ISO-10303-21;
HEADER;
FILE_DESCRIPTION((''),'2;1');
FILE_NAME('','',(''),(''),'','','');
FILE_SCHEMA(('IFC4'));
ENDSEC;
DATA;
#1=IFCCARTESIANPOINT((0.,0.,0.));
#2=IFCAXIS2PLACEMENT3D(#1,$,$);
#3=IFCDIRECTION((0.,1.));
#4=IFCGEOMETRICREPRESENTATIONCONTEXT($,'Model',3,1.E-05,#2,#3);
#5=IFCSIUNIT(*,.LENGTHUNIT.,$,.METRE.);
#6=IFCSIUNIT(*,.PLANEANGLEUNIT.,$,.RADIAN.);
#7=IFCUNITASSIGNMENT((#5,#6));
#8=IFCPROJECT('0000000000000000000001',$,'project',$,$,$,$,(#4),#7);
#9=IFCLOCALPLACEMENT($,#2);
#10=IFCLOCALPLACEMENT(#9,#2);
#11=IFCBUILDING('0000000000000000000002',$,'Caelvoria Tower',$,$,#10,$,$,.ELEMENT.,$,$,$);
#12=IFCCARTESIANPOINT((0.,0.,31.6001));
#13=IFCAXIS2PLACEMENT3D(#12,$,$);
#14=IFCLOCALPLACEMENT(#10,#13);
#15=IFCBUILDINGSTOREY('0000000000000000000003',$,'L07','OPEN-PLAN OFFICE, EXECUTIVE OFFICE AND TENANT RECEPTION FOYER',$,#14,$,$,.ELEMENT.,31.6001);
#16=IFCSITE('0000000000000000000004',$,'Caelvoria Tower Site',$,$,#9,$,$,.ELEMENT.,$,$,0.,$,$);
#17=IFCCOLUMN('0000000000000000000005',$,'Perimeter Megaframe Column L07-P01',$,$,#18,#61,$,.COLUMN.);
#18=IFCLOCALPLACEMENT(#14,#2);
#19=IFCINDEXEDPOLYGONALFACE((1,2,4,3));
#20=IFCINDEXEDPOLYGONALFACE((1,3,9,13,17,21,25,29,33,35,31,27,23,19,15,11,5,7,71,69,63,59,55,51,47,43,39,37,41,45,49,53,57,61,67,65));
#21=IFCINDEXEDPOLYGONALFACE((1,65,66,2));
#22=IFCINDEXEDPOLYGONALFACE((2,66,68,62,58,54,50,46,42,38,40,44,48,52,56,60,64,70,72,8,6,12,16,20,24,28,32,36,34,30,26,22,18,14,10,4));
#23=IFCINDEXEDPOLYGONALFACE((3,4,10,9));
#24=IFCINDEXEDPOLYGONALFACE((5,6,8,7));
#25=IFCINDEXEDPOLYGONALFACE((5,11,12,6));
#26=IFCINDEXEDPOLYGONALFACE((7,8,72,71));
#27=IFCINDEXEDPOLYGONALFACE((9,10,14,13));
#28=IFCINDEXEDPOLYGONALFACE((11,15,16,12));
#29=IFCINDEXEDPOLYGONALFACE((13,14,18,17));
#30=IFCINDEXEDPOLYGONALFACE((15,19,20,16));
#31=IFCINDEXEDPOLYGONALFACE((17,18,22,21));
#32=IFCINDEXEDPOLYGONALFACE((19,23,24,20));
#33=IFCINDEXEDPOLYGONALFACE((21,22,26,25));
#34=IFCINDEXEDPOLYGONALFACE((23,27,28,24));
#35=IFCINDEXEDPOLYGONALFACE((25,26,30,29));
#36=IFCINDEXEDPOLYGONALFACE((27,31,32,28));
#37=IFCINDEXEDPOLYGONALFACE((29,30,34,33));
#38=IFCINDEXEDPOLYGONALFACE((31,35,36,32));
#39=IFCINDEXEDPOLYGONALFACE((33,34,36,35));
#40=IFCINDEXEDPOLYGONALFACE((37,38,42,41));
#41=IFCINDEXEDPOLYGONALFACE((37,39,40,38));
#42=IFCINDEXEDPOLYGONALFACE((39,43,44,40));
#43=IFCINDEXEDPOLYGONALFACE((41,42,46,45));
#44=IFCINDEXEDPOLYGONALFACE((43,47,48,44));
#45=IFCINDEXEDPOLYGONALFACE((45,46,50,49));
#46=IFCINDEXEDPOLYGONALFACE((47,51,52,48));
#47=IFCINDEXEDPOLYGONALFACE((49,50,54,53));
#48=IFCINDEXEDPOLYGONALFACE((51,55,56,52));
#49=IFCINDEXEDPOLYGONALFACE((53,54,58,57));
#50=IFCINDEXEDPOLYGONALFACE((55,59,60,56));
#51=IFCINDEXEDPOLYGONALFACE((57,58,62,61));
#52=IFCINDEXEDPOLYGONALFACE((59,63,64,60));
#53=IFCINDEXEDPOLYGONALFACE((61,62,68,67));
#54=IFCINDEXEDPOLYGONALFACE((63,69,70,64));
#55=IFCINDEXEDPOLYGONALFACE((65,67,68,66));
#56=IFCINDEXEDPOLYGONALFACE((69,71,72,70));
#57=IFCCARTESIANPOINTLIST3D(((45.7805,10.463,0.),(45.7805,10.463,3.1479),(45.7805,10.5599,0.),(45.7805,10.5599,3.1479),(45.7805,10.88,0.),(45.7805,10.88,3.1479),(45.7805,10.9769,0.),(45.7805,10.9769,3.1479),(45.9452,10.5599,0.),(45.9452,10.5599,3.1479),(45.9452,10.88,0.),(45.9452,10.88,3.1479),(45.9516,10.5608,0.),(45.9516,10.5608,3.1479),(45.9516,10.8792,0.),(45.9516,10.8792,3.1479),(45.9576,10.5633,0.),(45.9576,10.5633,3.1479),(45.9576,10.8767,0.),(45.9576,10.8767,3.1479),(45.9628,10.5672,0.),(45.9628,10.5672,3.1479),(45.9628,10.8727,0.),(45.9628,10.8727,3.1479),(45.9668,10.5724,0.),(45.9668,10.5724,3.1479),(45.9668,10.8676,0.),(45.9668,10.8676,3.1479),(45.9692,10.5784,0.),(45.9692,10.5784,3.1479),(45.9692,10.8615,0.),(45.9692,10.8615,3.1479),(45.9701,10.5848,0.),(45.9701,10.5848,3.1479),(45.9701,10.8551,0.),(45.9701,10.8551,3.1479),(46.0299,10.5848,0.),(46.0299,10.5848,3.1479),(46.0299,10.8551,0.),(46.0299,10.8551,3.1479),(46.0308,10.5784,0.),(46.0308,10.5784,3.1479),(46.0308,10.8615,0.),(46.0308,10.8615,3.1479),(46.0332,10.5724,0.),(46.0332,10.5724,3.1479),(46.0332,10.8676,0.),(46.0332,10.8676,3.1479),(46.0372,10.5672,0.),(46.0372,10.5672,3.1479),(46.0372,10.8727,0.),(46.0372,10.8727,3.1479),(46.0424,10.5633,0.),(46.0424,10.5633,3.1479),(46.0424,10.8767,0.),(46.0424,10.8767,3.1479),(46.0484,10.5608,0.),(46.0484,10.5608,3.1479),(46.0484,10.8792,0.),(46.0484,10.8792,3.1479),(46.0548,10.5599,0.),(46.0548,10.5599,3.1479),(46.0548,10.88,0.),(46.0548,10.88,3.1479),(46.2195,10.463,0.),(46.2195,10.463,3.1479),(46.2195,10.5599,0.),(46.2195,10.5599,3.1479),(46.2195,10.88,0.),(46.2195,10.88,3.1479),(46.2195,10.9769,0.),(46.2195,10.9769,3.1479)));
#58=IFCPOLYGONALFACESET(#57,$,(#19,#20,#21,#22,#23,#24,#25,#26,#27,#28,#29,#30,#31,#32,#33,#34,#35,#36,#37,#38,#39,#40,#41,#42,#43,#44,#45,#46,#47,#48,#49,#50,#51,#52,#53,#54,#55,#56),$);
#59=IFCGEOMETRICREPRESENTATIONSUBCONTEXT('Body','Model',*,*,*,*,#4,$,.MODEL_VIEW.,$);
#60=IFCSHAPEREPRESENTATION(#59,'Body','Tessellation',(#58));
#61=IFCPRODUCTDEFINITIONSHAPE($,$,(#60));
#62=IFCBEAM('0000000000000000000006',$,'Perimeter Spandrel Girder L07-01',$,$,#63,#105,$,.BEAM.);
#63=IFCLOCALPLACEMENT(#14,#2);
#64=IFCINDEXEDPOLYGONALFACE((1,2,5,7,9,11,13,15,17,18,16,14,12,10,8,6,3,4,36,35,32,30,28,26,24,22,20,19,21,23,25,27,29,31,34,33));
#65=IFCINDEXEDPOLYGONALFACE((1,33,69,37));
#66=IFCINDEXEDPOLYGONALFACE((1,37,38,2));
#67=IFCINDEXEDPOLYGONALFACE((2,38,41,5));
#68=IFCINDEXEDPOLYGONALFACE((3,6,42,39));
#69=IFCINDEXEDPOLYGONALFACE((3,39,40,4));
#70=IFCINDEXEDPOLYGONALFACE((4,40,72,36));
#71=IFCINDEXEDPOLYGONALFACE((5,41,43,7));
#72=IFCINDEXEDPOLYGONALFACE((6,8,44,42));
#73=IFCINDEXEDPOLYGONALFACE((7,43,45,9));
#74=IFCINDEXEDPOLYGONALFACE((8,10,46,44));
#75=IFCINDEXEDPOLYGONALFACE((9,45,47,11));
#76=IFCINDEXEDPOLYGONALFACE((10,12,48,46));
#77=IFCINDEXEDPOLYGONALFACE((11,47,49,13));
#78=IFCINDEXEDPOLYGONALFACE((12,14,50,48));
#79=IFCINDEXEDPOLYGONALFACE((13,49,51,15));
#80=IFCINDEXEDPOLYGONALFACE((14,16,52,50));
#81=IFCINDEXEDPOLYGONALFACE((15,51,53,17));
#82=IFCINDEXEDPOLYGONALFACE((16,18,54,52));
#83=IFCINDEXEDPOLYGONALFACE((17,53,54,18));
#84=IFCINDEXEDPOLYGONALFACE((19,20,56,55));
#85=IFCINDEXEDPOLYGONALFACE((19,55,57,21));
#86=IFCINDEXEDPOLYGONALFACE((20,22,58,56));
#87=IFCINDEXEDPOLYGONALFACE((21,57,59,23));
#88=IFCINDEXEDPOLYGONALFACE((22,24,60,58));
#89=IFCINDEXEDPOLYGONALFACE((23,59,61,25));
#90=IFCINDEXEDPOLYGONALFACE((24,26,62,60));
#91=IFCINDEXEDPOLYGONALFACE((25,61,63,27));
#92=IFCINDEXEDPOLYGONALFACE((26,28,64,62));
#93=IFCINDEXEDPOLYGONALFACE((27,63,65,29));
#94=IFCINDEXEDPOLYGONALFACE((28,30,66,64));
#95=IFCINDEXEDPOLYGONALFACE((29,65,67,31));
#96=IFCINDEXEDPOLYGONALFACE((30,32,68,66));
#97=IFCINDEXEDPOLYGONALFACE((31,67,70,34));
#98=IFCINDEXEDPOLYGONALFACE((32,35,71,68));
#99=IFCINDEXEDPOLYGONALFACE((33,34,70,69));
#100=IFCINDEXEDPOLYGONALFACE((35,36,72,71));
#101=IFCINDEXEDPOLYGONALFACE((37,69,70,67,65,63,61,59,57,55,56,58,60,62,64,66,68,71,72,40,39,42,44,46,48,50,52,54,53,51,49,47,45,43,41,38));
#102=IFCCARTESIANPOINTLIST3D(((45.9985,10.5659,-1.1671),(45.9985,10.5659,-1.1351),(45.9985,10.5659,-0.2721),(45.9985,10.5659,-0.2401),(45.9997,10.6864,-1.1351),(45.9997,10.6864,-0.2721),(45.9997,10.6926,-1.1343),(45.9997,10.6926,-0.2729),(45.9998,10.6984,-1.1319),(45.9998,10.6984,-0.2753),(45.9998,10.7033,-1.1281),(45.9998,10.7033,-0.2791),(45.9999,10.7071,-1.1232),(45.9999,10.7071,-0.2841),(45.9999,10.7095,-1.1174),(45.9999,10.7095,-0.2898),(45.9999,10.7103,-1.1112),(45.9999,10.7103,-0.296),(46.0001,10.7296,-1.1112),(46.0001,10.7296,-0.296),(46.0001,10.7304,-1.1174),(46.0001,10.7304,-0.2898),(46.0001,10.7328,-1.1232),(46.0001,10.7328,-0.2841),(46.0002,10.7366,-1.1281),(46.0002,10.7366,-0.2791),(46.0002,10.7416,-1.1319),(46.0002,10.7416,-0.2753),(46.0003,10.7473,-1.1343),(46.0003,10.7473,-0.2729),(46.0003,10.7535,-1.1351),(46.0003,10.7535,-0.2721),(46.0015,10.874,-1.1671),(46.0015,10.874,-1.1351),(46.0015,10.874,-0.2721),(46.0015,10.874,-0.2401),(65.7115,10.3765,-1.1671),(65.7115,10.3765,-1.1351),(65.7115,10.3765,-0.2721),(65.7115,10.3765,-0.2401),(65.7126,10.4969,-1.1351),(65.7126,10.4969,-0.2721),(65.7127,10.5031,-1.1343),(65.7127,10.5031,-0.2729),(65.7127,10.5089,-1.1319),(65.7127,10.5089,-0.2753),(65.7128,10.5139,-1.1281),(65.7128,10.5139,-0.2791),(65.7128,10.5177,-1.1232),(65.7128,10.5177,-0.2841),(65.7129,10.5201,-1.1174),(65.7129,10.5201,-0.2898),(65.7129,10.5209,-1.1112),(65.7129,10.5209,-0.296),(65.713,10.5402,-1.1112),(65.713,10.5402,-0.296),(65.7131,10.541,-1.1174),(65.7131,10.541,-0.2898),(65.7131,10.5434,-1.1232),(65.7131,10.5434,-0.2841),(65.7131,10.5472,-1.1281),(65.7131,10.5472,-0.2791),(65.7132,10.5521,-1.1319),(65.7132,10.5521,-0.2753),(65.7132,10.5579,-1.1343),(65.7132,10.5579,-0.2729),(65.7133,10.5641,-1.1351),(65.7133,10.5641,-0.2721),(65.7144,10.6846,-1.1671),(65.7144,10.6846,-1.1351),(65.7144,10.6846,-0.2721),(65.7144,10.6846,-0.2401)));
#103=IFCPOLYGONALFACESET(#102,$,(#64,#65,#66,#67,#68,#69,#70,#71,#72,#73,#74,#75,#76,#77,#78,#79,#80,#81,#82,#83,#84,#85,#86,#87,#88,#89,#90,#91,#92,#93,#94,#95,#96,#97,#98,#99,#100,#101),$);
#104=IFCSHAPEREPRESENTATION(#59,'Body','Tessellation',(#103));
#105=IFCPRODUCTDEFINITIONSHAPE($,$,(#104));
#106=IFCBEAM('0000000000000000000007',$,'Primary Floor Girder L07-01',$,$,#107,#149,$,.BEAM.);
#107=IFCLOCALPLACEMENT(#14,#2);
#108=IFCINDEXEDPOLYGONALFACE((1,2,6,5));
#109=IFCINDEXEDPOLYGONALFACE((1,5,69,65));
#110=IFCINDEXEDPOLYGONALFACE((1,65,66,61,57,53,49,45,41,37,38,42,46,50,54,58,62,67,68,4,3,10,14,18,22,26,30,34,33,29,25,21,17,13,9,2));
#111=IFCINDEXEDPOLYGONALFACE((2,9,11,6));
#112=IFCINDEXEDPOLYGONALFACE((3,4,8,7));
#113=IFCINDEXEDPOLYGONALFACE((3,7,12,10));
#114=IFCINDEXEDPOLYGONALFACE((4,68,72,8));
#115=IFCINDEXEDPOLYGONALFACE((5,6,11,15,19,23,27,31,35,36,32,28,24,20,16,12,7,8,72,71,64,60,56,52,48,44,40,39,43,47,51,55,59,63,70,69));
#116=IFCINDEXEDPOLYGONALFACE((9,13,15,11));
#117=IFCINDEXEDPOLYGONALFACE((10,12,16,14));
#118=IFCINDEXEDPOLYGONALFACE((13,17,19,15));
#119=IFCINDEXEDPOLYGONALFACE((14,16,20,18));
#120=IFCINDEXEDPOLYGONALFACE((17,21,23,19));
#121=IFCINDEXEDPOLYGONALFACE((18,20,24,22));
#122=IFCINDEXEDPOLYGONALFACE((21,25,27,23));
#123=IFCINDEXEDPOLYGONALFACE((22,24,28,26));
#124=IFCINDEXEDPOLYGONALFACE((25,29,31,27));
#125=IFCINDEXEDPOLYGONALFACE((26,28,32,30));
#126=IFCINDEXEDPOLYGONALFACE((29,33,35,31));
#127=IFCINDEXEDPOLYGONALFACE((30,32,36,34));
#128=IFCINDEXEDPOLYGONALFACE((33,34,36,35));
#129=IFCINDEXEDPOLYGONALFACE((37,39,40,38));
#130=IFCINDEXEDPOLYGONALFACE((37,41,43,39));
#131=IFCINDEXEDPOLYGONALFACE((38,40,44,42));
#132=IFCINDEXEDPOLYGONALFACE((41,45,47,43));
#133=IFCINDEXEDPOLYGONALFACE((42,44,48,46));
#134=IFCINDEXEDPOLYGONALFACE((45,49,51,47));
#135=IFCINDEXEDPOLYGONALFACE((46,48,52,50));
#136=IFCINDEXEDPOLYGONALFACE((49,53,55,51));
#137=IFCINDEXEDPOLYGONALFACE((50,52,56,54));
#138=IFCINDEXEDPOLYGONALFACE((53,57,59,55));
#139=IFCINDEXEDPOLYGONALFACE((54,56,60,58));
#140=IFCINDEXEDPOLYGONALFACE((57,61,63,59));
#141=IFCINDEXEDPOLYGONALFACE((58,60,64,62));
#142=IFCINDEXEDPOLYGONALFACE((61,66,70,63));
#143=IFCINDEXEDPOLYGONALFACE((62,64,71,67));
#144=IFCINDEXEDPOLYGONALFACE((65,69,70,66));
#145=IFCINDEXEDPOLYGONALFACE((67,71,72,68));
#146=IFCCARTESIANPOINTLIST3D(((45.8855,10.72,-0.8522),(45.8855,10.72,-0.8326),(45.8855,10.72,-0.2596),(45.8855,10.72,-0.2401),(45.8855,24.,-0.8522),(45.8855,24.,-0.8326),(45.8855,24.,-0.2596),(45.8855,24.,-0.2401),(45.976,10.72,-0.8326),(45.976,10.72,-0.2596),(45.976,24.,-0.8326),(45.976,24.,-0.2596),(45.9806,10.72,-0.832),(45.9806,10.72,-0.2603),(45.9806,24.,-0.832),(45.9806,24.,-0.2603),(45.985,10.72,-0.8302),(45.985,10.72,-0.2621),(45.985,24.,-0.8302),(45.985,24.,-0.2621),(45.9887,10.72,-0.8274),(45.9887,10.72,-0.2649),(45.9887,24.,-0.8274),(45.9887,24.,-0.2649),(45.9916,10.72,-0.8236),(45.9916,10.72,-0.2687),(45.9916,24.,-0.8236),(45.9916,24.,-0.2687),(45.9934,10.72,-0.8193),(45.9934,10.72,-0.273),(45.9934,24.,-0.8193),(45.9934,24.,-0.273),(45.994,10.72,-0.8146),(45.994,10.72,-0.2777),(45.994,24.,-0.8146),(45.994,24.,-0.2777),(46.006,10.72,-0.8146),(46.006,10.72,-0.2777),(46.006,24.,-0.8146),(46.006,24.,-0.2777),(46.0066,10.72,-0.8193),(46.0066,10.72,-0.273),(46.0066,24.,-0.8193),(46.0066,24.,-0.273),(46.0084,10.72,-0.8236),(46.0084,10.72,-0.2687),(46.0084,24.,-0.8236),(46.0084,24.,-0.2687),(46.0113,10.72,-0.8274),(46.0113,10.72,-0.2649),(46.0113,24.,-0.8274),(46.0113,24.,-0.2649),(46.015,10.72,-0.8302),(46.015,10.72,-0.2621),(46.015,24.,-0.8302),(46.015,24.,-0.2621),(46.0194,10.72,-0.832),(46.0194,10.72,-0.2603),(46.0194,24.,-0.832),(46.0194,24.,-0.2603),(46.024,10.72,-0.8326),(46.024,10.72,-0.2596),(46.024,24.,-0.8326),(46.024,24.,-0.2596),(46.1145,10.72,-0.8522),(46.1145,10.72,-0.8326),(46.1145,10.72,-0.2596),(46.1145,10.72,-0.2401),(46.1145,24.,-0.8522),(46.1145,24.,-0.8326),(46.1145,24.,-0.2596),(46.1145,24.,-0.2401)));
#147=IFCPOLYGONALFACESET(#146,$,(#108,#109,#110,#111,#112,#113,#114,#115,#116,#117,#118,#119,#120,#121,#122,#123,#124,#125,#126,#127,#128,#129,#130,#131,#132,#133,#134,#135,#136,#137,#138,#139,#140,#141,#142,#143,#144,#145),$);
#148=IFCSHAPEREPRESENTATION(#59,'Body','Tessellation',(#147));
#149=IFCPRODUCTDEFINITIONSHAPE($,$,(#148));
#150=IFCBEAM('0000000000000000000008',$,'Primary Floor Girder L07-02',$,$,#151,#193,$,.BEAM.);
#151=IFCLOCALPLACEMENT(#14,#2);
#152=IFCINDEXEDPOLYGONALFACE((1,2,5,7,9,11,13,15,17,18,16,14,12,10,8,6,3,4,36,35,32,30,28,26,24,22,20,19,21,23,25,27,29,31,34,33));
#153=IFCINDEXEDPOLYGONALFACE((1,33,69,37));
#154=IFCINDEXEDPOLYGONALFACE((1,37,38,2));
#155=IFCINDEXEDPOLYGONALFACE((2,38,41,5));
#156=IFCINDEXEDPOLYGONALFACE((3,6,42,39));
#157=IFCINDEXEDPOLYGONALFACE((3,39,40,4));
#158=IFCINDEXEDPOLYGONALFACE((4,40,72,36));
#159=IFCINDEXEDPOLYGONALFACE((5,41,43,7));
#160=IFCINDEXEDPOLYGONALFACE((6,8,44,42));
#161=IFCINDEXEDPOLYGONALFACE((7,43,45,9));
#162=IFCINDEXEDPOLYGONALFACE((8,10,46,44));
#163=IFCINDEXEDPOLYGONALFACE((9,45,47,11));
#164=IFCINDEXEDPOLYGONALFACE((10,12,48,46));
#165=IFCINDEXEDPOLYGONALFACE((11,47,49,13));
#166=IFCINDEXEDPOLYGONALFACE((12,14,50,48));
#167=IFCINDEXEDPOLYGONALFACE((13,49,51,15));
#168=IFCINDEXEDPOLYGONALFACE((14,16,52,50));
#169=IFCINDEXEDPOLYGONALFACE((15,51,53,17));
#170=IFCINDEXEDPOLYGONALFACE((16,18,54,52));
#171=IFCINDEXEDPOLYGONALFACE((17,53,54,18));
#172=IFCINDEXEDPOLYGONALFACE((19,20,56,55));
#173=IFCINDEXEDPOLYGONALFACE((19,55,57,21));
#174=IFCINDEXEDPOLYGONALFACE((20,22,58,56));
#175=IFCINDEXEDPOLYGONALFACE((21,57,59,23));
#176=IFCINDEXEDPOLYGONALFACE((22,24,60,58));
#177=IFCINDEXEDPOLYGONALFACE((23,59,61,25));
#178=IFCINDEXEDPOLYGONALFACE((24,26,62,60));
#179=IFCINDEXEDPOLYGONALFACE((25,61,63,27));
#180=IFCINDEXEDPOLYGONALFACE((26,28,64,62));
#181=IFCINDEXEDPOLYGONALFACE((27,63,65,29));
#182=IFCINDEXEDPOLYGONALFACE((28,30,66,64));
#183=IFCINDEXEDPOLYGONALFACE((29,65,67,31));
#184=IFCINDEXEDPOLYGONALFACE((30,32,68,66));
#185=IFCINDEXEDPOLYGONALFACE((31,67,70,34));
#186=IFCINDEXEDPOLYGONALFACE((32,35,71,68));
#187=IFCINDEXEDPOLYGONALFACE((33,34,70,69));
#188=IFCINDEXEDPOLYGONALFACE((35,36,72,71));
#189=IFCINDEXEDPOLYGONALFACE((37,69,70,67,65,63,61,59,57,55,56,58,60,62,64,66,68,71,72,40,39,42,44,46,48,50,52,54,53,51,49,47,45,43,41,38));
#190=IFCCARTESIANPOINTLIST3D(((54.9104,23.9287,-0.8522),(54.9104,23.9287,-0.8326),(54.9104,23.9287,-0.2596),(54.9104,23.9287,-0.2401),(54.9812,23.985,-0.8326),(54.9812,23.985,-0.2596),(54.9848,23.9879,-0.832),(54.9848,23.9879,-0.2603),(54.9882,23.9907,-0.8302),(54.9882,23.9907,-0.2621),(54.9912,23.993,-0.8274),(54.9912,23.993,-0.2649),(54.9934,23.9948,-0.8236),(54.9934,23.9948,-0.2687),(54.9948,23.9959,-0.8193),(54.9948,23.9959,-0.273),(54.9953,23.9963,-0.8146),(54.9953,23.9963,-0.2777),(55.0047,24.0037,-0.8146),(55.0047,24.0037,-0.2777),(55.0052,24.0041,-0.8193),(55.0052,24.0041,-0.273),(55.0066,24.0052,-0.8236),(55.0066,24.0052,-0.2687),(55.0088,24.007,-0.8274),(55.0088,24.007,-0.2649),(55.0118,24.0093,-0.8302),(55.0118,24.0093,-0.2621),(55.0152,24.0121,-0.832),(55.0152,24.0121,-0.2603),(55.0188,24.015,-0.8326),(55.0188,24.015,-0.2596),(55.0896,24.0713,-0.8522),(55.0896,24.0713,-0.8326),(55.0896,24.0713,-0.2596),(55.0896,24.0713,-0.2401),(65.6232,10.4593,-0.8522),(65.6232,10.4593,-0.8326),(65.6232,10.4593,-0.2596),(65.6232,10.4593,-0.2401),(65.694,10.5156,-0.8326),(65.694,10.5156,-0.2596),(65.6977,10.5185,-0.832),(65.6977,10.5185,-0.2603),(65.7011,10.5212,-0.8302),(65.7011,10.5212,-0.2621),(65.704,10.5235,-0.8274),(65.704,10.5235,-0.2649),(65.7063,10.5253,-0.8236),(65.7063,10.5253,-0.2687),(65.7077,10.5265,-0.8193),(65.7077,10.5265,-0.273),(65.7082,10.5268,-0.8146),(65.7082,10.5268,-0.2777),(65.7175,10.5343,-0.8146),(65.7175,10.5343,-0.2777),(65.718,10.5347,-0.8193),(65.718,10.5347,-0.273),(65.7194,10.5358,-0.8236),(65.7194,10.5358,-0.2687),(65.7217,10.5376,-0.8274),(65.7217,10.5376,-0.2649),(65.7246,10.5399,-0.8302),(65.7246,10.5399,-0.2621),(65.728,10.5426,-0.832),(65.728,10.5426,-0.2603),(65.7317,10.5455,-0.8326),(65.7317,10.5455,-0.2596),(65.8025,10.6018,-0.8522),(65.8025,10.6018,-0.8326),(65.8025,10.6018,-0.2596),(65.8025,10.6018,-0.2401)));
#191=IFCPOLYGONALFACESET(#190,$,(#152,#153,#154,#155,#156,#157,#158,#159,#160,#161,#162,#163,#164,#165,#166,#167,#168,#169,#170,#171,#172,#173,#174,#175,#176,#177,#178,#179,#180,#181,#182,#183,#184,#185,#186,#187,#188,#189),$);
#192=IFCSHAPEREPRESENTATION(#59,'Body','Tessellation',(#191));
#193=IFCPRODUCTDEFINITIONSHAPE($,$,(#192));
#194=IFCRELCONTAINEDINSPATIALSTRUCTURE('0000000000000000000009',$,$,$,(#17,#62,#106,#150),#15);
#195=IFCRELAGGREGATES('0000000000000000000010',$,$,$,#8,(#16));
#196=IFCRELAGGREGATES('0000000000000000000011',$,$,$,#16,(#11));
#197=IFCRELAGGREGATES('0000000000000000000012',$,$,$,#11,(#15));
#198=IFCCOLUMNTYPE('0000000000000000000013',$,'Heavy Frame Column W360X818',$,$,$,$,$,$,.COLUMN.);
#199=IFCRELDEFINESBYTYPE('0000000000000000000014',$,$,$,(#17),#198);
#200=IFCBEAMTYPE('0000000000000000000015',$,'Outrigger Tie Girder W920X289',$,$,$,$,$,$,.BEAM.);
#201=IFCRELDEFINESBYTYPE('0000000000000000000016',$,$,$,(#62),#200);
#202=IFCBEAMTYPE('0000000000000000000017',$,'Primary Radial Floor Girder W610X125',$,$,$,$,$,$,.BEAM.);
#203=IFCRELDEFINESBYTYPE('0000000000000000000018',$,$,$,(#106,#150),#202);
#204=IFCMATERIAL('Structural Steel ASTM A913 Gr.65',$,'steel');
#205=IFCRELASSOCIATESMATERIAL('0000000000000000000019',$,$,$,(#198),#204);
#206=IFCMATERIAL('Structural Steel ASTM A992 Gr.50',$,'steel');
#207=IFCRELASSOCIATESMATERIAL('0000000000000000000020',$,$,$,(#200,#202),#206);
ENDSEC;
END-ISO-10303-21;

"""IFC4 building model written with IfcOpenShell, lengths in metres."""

from ifc_helpers import new_model, si_unit, direction, frame, origin, origin_2d, place, context, subcontext, project, spatial, i_section, extrude, material, material_profile, profile_set, type_object, element, save


model = new_model("IFC4")

# Units and contexts
model_context = context("Model", 3, precision=1e-05, world=origin(), true_north=direction((0.0, 1.0)))
body_context = subcontext(model_context, "Body", "Model", "MODEL_VIEW")
ifc_project = project(units=[si_unit("LENGTHUNIT", "METRE"), si_unit("PLANEANGLEUNIT", "RADIAN")], contexts=[model_context])

# Site, building, storey
site_placement = place(None, origin())
site = spatial("IfcSite", under=ifc_project, at=site_placement, Name="Caelvoria Tower Site", CompositionType="ELEMENT", RefElevation=0.0)
building_placement = place(site_placement, origin())
building = spatial("IfcBuilding", under=site, at=building_placement, Name="Caelvoria Tower", CompositionType="ELEMENT")
storey_placement = place(building_placement, frame((0.0, 0.0, 31.6001)))
storey = spatial("IfcBuildingStorey", under=building, at=storey_placement, Name="L07", Description="OPEN-PLAN OFFICE, EXECUTIVE OFFICE AND TENANT RECEPTION FOYER", CompositionType="ELEMENT", Elevation=31.6001)

# Column
ifc_material_1 = material(Name="Structural Steel ASTM A913 Gr.65", Category="steel")
ifc_material_profile_1 = material_profile(ifc_material_1, i_section(OverallWidth=0.439, OverallDepth=0.5139, WebThickness=0.0598, FlangeThickness=0.0969, FilletRadius=0.0249, at=origin_2d()), Name="Structural Steel ASTM A913 Gr.65")
ifc_profile_set_1 = profile_set([ifc_material_profile_1], Name="W360X818 - Structural Steel ASTM A913 Gr.65")
column_type = type_object("IfcColumnType", Name="Heavy Frame Column W360X818", PredefinedType="COLUMN", material=ifc_profile_set_1)
column_placement = place(storey_placement, frame((46.0, 10.72, 0.0), z_axis=(0.0, 0.0, 1.0), x_axis=(1.0, 0.0, 0.0)))
element("IfcColumn", 1, at=column_placement, inside=storey, type_object=column_type, Name="Perimeter Megaframe Column L07-P01", PredefinedType="COLUMN", context=body_context, shape_type="SweptSolid", body=[
    extrude(i_section(OverallWidth=0.439, OverallDepth=0.5139, WebThickness=0.0598, FlangeThickness=0.0969, FilletRadius=0.0249, at=origin_2d()), origin(), (0.0, 0.0, 1.0), 3.1479),
])

# Beams
ifc_material_2 = material(Name="Structural Steel ASTM A992 Gr.50", Category="steel")
ifc_material_profile_2 = material_profile(ifc_material_2, i_section(OverallWidth=0.3081, OverallDepth=0.927, WebThickness=0.0193, FlangeThickness=0.032, FilletRadius=0.0239, at=origin_2d()), Name="Structural Steel ASTM A992 Gr.50")
ifc_profile_set_2 = profile_set([ifc_material_profile_2], Name="W920X289 - Structural Steel ASTM A992 Gr.50")
beam_type_1 = type_object("IfcBeamType", Name="Outrigger Tie Girder W920X289", PredefinedType="BEAM", material=ifc_profile_set_2)
beam_1_placement = place(storey_placement, frame((46.0, 10.72, -0.7036), z_axis=(0.999954, -0.00961, 0.0), x_axis=(0.00961, 0.999954, 0.0)))
element("IfcBeam", 2, at=beam_1_placement, inside=storey, type_object=beam_type_1, Name="Perimeter Spandrel Girder L07-01", PredefinedType="BEAM", context=body_context, shape_type="SweptSolid", body=[
    extrude(i_section(OverallWidth=0.3081, OverallDepth=0.927, WebThickness=0.0193, FlangeThickness=0.032, FilletRadius=0.0239, at=origin_2d()), origin(), (0.0, 0.0, 1.0), 19.7139),
])
ifc_material_profile_3 = material_profile(ifc_material_2, i_section(OverallWidth=0.229, OverallDepth=0.6121, WebThickness=0.012, FlangeThickness=0.0195, FilletRadius=0.0181, at=origin_2d()), Name="Structural Steel ASTM A992 Gr.50")
ifc_profile_set_3 = profile_set([ifc_material_profile_3], Name="W610X125 - Structural Steel ASTM A992 Gr.50")
beam_type_2 = type_object("IfcBeamType", Name="Primary Radial Floor Girder W610X125", PredefinedType="BEAM", material=ifc_profile_set_3)
beam_2_placement = place(storey_placement, frame((46.0, 24.0, -0.5461), z_axis=(0.0, -1.0, 0.0), x_axis=(1.0, 0.0, 0.0)))
element("IfcBeam", 3, at=beam_2_placement, inside=storey, type_object=beam_type_2, Name="Primary Floor Girder L07-01", PredefinedType="BEAM", context=body_context, shape_type="SweptSolid", body=[
    extrude(i_section(OverallWidth=0.229, OverallDepth=0.6121, WebThickness=0.012, FlangeThickness=0.0195, FilletRadius=0.0181, at=origin_2d()), origin(), (0.0, 0.0, 1.0), 13.28),
])
beam_3_placement = place(storey_placement, frame((55.0, 24.0, -0.5461), z_axis=(0.622471, -0.782643, 0.0), x_axis=(0.782643, 0.622471, 0.0)))
element("IfcBeam", 4, at=beam_3_placement, inside=storey, type_object=beam_type_2, Name="Primary Floor Girder L07-02", PredefinedType="BEAM", context=body_context, shape_type="SweptSolid", body=[
    extrude(i_section(OverallWidth=0.229, OverallDepth=0.6121, WebThickness=0.012, FlangeThickness=0.0195, FilletRadius=0.0181, at=origin_2d()), origin(), (0.0, 0.0, 1.0), 17.2102),
])

save(model, "model.ifc")
